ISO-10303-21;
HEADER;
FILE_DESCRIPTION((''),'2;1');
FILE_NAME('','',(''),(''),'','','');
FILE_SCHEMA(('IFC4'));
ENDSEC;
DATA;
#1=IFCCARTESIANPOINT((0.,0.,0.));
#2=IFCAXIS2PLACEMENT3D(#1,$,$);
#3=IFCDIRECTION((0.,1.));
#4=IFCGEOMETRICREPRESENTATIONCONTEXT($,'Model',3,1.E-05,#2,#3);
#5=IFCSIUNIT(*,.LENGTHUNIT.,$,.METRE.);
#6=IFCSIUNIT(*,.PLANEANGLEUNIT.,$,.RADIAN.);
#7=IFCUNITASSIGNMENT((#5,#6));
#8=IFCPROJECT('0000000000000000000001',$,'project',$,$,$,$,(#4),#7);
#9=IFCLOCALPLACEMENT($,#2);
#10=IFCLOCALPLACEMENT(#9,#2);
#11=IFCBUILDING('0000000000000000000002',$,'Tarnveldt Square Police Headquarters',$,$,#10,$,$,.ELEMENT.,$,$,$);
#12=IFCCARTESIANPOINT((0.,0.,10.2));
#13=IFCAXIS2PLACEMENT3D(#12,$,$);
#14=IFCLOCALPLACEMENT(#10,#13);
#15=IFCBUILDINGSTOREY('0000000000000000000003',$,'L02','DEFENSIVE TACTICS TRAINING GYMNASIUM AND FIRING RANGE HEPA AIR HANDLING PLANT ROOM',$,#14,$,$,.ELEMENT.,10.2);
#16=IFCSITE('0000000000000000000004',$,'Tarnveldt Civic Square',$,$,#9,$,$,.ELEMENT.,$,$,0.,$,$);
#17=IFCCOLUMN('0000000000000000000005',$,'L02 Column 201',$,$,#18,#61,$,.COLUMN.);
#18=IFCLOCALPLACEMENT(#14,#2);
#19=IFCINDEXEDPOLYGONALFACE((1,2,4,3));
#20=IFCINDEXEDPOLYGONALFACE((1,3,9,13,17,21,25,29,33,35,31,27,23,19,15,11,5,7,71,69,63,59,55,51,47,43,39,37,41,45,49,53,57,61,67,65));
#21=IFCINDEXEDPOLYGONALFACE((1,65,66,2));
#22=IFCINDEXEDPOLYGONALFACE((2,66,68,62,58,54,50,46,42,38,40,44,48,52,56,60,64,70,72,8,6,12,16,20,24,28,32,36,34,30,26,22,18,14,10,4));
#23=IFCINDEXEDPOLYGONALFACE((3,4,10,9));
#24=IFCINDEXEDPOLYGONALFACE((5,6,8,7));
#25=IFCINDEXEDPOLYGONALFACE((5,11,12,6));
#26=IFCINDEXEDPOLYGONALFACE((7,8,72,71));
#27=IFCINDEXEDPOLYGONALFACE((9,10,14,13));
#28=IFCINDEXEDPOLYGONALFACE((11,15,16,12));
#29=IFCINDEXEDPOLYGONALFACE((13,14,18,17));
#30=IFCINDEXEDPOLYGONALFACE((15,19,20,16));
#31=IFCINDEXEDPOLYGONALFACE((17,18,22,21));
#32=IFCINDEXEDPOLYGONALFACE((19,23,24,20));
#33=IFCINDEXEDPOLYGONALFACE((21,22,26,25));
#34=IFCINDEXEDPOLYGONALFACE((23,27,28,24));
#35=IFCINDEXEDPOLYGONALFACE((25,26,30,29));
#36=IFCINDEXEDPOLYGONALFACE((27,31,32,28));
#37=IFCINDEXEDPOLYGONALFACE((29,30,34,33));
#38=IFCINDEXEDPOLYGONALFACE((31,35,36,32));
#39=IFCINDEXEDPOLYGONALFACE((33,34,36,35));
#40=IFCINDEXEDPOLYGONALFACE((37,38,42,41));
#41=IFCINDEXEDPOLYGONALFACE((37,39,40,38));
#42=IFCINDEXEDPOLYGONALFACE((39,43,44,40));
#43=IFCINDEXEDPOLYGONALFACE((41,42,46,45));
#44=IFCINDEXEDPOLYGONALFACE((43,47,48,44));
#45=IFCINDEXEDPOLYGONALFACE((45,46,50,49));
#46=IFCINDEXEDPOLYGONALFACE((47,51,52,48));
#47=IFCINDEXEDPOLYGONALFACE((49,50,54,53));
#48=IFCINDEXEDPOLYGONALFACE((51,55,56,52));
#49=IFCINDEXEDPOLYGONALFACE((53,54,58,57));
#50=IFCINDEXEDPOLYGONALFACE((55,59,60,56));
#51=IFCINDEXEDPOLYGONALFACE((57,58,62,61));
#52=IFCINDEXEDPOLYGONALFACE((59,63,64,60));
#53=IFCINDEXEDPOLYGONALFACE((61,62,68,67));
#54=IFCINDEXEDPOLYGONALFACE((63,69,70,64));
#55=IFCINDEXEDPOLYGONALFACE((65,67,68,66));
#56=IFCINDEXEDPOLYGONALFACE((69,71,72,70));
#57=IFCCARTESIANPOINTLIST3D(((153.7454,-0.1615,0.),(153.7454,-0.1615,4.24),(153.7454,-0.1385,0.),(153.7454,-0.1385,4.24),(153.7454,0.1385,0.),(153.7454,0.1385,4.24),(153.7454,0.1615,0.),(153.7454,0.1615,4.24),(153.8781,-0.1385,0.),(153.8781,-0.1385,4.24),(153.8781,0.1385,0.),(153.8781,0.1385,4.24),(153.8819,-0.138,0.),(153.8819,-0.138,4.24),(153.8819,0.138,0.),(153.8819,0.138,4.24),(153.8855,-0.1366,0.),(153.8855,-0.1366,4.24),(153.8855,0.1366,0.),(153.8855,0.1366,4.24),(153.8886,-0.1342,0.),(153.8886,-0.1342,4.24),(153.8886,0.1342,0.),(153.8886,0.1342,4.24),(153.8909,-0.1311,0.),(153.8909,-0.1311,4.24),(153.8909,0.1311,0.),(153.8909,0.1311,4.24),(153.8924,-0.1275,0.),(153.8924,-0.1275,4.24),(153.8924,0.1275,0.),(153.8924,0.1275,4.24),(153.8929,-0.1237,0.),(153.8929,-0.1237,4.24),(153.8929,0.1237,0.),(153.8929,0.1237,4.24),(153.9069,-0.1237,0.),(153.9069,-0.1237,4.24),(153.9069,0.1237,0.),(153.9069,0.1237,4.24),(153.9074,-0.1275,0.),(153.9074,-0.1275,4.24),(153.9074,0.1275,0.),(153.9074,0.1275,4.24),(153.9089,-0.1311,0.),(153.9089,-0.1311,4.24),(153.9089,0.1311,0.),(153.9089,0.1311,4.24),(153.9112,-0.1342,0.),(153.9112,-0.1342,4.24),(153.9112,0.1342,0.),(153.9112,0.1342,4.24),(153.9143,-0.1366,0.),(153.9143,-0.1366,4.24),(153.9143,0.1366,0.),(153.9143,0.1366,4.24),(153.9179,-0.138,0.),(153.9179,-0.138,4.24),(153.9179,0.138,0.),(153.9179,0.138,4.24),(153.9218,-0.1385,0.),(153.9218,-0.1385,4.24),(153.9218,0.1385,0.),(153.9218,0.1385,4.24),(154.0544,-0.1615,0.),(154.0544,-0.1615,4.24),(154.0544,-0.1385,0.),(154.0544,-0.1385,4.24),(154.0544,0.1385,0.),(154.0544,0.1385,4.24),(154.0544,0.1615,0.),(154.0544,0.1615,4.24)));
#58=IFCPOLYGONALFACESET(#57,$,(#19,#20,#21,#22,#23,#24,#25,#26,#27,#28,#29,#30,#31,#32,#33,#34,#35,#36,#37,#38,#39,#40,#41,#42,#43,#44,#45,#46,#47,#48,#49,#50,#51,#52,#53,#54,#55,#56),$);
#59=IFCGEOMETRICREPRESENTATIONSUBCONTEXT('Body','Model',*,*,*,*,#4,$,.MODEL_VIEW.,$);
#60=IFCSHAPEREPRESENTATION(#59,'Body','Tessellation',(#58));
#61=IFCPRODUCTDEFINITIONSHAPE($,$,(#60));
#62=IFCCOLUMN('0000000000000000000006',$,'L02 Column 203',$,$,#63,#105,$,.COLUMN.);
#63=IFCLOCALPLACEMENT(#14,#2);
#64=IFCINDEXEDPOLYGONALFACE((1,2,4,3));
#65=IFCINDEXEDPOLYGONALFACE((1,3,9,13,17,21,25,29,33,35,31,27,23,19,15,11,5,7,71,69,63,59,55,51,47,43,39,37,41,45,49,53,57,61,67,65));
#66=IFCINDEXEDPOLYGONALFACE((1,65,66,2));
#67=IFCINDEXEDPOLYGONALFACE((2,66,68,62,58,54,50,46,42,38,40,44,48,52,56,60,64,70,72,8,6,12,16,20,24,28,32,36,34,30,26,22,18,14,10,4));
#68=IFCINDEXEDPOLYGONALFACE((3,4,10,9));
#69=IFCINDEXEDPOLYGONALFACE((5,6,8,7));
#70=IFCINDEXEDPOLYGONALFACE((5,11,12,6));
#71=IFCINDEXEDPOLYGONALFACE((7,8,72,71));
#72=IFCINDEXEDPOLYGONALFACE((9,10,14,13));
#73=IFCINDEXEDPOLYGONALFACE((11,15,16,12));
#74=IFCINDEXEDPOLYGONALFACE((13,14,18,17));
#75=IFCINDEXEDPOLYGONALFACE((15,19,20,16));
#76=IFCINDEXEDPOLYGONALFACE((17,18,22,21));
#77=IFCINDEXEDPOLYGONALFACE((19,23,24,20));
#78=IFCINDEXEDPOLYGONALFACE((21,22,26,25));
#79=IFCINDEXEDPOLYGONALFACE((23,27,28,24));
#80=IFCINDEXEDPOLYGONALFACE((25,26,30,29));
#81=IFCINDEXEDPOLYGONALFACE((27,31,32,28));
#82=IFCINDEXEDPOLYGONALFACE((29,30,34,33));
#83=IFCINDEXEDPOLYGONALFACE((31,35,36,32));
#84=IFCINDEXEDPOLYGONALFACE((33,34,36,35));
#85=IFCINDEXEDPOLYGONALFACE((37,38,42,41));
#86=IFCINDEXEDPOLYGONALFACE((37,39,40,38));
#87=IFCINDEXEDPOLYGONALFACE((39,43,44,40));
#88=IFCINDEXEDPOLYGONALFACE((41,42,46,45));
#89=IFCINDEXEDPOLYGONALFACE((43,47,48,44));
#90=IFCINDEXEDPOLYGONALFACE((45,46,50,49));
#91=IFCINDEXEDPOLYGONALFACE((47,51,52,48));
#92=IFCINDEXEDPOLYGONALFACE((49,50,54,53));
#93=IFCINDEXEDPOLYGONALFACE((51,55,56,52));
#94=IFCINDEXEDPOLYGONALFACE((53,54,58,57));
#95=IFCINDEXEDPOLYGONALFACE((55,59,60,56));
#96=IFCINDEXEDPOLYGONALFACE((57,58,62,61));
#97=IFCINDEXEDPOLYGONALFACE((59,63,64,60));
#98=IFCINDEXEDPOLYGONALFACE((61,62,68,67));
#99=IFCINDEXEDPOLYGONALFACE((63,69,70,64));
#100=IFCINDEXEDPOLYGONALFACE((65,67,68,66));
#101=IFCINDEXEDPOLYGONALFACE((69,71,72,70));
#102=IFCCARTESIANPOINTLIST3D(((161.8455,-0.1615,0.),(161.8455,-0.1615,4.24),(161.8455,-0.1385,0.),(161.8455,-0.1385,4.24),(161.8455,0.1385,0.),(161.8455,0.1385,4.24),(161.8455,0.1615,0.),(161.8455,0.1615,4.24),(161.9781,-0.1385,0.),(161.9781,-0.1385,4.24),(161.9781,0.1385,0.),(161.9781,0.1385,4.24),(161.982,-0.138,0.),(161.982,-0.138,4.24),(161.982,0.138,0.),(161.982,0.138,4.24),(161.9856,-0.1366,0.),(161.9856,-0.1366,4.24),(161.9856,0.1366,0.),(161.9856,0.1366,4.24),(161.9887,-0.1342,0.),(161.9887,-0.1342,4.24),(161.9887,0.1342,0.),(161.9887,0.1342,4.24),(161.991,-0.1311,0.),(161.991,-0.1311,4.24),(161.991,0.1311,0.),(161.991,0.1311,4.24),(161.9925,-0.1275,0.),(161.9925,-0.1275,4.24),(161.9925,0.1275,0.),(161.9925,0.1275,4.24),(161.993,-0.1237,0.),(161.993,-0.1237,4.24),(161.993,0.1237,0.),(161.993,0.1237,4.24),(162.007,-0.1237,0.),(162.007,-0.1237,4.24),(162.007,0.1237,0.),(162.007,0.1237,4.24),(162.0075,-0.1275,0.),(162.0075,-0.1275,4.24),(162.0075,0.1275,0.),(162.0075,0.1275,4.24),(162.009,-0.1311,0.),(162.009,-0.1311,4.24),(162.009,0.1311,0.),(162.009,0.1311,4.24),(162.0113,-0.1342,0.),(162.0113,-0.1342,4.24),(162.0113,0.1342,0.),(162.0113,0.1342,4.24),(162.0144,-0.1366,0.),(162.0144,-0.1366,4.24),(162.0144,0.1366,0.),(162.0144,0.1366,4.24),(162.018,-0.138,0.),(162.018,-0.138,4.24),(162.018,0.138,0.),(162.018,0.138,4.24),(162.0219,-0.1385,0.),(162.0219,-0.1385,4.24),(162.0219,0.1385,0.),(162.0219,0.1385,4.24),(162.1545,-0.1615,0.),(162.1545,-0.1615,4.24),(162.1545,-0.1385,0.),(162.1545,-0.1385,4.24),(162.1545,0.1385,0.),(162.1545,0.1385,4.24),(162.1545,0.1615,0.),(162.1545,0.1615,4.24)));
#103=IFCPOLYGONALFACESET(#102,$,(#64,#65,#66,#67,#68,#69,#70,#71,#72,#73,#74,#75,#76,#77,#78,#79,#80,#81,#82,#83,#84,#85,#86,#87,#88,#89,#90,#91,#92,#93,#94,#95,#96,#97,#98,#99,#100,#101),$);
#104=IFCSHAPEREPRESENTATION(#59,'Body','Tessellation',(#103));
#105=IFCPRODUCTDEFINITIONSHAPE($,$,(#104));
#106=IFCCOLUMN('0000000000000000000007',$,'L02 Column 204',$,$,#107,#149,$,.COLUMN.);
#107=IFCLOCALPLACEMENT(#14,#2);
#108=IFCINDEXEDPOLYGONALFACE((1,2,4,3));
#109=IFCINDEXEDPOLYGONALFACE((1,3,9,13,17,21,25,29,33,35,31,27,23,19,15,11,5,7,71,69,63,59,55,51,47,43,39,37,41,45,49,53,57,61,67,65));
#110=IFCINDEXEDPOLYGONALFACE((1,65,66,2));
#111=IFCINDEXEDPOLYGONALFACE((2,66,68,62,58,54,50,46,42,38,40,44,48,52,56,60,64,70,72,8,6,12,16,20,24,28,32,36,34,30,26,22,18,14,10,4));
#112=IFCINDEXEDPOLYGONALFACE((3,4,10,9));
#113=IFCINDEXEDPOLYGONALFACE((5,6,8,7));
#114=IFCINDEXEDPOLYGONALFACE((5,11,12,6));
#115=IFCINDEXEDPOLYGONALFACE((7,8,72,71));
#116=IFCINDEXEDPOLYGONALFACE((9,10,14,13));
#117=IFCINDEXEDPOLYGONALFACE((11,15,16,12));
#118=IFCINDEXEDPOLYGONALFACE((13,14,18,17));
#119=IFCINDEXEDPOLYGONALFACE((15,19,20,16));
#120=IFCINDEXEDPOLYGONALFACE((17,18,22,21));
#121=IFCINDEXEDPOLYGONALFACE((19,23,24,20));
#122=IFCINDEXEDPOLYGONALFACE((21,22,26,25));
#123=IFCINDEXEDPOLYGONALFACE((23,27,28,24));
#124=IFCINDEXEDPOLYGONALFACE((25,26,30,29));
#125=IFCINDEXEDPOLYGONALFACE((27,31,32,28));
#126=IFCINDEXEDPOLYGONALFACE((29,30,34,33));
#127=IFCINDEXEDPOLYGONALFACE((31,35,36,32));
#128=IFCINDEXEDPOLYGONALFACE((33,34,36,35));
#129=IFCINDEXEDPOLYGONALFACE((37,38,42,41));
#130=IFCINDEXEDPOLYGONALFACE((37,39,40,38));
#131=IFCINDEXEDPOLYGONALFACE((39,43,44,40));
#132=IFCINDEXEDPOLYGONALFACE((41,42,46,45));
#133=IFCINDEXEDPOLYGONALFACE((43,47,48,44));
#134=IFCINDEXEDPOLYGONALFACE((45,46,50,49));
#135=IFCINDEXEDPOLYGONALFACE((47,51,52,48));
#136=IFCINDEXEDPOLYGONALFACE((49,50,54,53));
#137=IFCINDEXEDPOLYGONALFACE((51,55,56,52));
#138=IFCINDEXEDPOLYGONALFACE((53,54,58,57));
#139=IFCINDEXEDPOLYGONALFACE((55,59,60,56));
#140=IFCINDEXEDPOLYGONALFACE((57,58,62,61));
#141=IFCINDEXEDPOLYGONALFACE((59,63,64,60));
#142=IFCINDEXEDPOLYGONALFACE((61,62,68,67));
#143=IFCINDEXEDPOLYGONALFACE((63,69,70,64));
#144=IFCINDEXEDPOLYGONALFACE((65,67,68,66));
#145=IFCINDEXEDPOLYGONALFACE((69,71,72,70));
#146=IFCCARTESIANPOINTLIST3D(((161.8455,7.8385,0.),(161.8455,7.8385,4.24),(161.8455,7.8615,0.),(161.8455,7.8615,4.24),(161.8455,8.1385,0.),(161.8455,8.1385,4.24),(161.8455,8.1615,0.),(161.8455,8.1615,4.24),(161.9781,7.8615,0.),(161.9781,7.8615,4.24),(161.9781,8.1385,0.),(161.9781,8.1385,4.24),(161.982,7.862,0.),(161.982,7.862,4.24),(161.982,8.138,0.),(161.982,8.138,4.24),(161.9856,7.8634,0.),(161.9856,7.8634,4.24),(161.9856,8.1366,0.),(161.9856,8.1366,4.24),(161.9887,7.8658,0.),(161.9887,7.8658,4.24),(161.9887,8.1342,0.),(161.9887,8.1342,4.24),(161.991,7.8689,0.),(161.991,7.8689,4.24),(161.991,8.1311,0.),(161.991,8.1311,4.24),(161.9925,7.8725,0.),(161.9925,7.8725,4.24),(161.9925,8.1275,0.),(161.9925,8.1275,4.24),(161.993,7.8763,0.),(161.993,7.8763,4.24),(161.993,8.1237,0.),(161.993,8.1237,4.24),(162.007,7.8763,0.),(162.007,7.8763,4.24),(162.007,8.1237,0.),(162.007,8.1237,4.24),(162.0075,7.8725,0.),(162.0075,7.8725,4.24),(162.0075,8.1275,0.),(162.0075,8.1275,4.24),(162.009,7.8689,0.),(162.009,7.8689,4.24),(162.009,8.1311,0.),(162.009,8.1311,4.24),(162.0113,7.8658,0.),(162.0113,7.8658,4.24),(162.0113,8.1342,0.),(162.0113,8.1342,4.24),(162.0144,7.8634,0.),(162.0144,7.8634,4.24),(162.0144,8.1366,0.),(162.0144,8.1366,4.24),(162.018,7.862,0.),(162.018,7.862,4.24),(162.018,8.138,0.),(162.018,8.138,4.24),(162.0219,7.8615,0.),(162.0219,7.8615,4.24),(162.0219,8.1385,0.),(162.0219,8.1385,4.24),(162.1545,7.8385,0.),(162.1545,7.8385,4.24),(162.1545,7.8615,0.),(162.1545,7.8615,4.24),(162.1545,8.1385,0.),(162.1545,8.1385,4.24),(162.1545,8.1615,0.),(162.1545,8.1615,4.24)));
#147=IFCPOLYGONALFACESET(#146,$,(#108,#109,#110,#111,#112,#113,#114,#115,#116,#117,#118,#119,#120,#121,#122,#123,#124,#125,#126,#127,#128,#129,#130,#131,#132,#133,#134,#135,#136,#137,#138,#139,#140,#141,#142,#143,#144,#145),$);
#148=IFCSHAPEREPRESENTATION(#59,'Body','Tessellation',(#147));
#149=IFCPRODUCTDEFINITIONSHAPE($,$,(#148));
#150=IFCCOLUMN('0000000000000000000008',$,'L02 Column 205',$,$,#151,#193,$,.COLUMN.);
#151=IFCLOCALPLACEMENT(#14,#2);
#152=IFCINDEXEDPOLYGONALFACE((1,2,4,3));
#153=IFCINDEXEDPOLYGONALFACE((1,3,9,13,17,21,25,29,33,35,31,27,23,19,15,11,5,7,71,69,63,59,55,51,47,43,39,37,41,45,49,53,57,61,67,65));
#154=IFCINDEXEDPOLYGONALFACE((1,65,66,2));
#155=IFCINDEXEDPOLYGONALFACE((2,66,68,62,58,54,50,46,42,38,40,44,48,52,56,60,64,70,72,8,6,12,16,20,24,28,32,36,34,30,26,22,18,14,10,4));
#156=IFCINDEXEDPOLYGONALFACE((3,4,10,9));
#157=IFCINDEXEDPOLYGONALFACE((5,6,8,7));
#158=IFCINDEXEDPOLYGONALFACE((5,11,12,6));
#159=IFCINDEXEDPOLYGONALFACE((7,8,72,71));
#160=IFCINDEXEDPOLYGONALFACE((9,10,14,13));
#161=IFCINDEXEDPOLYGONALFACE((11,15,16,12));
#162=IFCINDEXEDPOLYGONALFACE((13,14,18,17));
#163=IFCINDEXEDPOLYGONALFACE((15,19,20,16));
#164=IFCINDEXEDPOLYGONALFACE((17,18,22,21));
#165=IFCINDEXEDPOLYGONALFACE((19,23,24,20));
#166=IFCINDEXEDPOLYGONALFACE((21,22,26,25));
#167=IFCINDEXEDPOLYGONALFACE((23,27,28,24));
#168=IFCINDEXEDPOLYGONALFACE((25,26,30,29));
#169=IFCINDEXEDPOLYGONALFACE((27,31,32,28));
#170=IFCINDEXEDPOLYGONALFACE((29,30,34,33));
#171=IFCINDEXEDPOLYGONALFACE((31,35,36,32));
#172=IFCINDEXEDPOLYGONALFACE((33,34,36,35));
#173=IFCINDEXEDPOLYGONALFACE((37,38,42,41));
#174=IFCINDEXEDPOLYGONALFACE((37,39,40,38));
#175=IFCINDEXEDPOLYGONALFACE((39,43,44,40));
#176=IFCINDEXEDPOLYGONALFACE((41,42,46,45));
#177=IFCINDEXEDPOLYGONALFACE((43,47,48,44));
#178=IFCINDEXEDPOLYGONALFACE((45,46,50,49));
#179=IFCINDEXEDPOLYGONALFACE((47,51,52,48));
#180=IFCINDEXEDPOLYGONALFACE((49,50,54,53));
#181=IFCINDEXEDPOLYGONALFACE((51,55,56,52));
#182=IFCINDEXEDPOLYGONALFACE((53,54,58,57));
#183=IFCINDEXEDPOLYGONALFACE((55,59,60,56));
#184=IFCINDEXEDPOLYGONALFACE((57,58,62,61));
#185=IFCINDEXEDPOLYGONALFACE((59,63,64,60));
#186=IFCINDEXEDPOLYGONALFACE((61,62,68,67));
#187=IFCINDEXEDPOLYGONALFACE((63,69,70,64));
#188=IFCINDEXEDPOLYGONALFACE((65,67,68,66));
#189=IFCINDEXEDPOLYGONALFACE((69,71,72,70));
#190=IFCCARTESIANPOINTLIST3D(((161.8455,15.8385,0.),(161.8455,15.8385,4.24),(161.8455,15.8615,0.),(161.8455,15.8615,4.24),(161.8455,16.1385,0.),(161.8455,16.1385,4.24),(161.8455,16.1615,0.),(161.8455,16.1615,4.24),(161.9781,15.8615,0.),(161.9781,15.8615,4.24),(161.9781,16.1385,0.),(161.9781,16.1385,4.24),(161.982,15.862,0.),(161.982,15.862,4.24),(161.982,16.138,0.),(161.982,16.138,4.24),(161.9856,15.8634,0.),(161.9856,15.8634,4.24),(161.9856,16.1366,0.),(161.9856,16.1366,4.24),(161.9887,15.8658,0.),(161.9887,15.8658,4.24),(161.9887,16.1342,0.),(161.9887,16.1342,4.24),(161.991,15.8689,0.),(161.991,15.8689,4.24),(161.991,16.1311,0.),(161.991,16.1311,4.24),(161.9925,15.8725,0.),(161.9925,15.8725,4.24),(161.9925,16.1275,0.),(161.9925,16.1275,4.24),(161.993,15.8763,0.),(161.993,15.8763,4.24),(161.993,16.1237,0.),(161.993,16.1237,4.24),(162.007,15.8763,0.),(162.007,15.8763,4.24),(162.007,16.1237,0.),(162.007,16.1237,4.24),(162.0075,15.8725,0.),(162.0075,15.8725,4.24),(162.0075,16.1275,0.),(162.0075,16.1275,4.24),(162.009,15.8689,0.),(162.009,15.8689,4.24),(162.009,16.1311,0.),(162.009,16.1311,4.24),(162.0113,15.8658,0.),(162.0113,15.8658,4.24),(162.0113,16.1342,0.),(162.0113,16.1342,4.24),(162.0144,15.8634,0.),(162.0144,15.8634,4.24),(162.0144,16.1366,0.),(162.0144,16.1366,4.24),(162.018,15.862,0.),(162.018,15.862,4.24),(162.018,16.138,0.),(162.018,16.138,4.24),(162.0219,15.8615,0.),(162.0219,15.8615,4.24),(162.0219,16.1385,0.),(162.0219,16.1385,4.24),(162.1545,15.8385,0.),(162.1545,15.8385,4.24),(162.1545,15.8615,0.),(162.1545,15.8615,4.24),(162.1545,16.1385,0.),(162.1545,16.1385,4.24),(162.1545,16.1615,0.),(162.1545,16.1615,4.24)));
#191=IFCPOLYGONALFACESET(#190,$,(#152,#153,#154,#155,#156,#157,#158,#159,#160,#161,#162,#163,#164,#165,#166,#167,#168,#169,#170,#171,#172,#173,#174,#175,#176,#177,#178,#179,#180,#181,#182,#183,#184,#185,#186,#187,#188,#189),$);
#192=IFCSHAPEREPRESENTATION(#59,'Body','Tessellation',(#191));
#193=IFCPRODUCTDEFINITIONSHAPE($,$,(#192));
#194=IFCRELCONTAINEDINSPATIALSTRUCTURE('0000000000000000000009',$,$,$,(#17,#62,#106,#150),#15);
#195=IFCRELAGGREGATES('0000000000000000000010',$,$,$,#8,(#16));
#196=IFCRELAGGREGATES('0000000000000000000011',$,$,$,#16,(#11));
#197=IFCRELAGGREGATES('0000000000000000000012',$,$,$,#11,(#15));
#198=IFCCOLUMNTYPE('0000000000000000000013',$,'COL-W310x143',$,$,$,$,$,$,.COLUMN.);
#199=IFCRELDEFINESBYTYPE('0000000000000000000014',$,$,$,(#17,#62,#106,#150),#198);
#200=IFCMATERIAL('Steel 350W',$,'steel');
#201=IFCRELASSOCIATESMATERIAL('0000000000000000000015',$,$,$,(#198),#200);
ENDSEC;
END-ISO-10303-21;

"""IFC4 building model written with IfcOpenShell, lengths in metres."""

from ifc_helpers import new_model, si_unit, direction, frame, origin, origin_2d, place, context, subcontext, project, spatial, i_section, extrude, material, material_profile, profile_set, type_object, element, save


model = new_model("IFC4")

# Units and contexts
model_context = context("Model", 3, precision=1e-05, world=origin(), true_north=direction((0.0, 1.0)))
body_context = subcontext(model_context, "Body", "Model", "MODEL_VIEW")
ifc_project = project(units=[si_unit("LENGTHUNIT", "METRE"), si_unit("PLANEANGLEUNIT", "RADIAN")], contexts=[model_context])

# Site, building, storey
site_placement = place(None, origin())
site = spatial("IfcSite", under=ifc_project, at=site_placement, Name="Tarnveldt Civic Square", CompositionType="ELEMENT", RefElevation=0.0)
building_placement = place(site_placement, origin())
building = spatial("IfcBuilding", under=site, at=building_placement, Name="Tarnveldt Square Police Headquarters", CompositionType="ELEMENT")
storey_placement = place(building_placement, frame((0.0, 0.0, 10.2)))
storey = spatial("IfcBuildingStorey", under=building, at=storey_placement, Name="L02", Description="DEFENSIVE TACTICS TRAINING GYMNASIUM AND FIRING RANGE HEPA AIR HANDLING PLANT ROOM", CompositionType="ELEMENT", Elevation=10.2)

# Columns
ifc_material_1 = material(Name="Steel 350W", Category="steel")
ifc_material_profile_1 = material_profile(ifc_material_1, i_section(OverallWidth=0.3091, OverallDepth=0.323, WebThickness=0.0139, FlangeThickness=0.0229, FilletRadius=0.0149, at=origin_2d()), Name="W310x143")
ifc_profile_set_1 = profile_set([ifc_material_profile_1], Name="Steel 350W")
column_type = type_object("IfcColumnType", Name="COL-W310x143", PredefinedType="COLUMN", material=ifc_profile_set_1)
for number, where, z_axis, x_axis, name in (
    (1, (153.8999, 0.0, 0.0), (0.0, 0.0, 1.0), (1.0, 0.0, 0.0), "L02 Column 201"),
    (2, (162.0, 0.0, 0.0), (0.0, 0.0, 1.0), (1.0, 0.0, 0.0), "L02 Column 203"),
    (3, (162.0, 8.0, 0.0), (0.0, 0.0, 1.0), (1.0, 0.0, 0.0), "L02 Column 204"),
    (4, (162.0, 16.0, 0.0), (0.0, 0.0, 1.0), (1.0, 0.0, 0.0), "L02 Column 205"),
):
    element("IfcColumn", number, at=place(storey_placement, frame(where, z_axis=z_axis, x_axis=x_axis)), inside=storey, type_object=column_type, Name=name, PredefinedType="COLUMN", context=body_context, shape_type="SweptSolid", body=[
        extrude(i_section(OverallWidth=0.3091, OverallDepth=0.323, WebThickness=0.0139, FlangeThickness=0.0229, FilletRadius=0.0149, at=origin_2d()), origin(), (0.0, 0.0, 1.0), 4.24),
    ])

save(model, "model.ifc")
